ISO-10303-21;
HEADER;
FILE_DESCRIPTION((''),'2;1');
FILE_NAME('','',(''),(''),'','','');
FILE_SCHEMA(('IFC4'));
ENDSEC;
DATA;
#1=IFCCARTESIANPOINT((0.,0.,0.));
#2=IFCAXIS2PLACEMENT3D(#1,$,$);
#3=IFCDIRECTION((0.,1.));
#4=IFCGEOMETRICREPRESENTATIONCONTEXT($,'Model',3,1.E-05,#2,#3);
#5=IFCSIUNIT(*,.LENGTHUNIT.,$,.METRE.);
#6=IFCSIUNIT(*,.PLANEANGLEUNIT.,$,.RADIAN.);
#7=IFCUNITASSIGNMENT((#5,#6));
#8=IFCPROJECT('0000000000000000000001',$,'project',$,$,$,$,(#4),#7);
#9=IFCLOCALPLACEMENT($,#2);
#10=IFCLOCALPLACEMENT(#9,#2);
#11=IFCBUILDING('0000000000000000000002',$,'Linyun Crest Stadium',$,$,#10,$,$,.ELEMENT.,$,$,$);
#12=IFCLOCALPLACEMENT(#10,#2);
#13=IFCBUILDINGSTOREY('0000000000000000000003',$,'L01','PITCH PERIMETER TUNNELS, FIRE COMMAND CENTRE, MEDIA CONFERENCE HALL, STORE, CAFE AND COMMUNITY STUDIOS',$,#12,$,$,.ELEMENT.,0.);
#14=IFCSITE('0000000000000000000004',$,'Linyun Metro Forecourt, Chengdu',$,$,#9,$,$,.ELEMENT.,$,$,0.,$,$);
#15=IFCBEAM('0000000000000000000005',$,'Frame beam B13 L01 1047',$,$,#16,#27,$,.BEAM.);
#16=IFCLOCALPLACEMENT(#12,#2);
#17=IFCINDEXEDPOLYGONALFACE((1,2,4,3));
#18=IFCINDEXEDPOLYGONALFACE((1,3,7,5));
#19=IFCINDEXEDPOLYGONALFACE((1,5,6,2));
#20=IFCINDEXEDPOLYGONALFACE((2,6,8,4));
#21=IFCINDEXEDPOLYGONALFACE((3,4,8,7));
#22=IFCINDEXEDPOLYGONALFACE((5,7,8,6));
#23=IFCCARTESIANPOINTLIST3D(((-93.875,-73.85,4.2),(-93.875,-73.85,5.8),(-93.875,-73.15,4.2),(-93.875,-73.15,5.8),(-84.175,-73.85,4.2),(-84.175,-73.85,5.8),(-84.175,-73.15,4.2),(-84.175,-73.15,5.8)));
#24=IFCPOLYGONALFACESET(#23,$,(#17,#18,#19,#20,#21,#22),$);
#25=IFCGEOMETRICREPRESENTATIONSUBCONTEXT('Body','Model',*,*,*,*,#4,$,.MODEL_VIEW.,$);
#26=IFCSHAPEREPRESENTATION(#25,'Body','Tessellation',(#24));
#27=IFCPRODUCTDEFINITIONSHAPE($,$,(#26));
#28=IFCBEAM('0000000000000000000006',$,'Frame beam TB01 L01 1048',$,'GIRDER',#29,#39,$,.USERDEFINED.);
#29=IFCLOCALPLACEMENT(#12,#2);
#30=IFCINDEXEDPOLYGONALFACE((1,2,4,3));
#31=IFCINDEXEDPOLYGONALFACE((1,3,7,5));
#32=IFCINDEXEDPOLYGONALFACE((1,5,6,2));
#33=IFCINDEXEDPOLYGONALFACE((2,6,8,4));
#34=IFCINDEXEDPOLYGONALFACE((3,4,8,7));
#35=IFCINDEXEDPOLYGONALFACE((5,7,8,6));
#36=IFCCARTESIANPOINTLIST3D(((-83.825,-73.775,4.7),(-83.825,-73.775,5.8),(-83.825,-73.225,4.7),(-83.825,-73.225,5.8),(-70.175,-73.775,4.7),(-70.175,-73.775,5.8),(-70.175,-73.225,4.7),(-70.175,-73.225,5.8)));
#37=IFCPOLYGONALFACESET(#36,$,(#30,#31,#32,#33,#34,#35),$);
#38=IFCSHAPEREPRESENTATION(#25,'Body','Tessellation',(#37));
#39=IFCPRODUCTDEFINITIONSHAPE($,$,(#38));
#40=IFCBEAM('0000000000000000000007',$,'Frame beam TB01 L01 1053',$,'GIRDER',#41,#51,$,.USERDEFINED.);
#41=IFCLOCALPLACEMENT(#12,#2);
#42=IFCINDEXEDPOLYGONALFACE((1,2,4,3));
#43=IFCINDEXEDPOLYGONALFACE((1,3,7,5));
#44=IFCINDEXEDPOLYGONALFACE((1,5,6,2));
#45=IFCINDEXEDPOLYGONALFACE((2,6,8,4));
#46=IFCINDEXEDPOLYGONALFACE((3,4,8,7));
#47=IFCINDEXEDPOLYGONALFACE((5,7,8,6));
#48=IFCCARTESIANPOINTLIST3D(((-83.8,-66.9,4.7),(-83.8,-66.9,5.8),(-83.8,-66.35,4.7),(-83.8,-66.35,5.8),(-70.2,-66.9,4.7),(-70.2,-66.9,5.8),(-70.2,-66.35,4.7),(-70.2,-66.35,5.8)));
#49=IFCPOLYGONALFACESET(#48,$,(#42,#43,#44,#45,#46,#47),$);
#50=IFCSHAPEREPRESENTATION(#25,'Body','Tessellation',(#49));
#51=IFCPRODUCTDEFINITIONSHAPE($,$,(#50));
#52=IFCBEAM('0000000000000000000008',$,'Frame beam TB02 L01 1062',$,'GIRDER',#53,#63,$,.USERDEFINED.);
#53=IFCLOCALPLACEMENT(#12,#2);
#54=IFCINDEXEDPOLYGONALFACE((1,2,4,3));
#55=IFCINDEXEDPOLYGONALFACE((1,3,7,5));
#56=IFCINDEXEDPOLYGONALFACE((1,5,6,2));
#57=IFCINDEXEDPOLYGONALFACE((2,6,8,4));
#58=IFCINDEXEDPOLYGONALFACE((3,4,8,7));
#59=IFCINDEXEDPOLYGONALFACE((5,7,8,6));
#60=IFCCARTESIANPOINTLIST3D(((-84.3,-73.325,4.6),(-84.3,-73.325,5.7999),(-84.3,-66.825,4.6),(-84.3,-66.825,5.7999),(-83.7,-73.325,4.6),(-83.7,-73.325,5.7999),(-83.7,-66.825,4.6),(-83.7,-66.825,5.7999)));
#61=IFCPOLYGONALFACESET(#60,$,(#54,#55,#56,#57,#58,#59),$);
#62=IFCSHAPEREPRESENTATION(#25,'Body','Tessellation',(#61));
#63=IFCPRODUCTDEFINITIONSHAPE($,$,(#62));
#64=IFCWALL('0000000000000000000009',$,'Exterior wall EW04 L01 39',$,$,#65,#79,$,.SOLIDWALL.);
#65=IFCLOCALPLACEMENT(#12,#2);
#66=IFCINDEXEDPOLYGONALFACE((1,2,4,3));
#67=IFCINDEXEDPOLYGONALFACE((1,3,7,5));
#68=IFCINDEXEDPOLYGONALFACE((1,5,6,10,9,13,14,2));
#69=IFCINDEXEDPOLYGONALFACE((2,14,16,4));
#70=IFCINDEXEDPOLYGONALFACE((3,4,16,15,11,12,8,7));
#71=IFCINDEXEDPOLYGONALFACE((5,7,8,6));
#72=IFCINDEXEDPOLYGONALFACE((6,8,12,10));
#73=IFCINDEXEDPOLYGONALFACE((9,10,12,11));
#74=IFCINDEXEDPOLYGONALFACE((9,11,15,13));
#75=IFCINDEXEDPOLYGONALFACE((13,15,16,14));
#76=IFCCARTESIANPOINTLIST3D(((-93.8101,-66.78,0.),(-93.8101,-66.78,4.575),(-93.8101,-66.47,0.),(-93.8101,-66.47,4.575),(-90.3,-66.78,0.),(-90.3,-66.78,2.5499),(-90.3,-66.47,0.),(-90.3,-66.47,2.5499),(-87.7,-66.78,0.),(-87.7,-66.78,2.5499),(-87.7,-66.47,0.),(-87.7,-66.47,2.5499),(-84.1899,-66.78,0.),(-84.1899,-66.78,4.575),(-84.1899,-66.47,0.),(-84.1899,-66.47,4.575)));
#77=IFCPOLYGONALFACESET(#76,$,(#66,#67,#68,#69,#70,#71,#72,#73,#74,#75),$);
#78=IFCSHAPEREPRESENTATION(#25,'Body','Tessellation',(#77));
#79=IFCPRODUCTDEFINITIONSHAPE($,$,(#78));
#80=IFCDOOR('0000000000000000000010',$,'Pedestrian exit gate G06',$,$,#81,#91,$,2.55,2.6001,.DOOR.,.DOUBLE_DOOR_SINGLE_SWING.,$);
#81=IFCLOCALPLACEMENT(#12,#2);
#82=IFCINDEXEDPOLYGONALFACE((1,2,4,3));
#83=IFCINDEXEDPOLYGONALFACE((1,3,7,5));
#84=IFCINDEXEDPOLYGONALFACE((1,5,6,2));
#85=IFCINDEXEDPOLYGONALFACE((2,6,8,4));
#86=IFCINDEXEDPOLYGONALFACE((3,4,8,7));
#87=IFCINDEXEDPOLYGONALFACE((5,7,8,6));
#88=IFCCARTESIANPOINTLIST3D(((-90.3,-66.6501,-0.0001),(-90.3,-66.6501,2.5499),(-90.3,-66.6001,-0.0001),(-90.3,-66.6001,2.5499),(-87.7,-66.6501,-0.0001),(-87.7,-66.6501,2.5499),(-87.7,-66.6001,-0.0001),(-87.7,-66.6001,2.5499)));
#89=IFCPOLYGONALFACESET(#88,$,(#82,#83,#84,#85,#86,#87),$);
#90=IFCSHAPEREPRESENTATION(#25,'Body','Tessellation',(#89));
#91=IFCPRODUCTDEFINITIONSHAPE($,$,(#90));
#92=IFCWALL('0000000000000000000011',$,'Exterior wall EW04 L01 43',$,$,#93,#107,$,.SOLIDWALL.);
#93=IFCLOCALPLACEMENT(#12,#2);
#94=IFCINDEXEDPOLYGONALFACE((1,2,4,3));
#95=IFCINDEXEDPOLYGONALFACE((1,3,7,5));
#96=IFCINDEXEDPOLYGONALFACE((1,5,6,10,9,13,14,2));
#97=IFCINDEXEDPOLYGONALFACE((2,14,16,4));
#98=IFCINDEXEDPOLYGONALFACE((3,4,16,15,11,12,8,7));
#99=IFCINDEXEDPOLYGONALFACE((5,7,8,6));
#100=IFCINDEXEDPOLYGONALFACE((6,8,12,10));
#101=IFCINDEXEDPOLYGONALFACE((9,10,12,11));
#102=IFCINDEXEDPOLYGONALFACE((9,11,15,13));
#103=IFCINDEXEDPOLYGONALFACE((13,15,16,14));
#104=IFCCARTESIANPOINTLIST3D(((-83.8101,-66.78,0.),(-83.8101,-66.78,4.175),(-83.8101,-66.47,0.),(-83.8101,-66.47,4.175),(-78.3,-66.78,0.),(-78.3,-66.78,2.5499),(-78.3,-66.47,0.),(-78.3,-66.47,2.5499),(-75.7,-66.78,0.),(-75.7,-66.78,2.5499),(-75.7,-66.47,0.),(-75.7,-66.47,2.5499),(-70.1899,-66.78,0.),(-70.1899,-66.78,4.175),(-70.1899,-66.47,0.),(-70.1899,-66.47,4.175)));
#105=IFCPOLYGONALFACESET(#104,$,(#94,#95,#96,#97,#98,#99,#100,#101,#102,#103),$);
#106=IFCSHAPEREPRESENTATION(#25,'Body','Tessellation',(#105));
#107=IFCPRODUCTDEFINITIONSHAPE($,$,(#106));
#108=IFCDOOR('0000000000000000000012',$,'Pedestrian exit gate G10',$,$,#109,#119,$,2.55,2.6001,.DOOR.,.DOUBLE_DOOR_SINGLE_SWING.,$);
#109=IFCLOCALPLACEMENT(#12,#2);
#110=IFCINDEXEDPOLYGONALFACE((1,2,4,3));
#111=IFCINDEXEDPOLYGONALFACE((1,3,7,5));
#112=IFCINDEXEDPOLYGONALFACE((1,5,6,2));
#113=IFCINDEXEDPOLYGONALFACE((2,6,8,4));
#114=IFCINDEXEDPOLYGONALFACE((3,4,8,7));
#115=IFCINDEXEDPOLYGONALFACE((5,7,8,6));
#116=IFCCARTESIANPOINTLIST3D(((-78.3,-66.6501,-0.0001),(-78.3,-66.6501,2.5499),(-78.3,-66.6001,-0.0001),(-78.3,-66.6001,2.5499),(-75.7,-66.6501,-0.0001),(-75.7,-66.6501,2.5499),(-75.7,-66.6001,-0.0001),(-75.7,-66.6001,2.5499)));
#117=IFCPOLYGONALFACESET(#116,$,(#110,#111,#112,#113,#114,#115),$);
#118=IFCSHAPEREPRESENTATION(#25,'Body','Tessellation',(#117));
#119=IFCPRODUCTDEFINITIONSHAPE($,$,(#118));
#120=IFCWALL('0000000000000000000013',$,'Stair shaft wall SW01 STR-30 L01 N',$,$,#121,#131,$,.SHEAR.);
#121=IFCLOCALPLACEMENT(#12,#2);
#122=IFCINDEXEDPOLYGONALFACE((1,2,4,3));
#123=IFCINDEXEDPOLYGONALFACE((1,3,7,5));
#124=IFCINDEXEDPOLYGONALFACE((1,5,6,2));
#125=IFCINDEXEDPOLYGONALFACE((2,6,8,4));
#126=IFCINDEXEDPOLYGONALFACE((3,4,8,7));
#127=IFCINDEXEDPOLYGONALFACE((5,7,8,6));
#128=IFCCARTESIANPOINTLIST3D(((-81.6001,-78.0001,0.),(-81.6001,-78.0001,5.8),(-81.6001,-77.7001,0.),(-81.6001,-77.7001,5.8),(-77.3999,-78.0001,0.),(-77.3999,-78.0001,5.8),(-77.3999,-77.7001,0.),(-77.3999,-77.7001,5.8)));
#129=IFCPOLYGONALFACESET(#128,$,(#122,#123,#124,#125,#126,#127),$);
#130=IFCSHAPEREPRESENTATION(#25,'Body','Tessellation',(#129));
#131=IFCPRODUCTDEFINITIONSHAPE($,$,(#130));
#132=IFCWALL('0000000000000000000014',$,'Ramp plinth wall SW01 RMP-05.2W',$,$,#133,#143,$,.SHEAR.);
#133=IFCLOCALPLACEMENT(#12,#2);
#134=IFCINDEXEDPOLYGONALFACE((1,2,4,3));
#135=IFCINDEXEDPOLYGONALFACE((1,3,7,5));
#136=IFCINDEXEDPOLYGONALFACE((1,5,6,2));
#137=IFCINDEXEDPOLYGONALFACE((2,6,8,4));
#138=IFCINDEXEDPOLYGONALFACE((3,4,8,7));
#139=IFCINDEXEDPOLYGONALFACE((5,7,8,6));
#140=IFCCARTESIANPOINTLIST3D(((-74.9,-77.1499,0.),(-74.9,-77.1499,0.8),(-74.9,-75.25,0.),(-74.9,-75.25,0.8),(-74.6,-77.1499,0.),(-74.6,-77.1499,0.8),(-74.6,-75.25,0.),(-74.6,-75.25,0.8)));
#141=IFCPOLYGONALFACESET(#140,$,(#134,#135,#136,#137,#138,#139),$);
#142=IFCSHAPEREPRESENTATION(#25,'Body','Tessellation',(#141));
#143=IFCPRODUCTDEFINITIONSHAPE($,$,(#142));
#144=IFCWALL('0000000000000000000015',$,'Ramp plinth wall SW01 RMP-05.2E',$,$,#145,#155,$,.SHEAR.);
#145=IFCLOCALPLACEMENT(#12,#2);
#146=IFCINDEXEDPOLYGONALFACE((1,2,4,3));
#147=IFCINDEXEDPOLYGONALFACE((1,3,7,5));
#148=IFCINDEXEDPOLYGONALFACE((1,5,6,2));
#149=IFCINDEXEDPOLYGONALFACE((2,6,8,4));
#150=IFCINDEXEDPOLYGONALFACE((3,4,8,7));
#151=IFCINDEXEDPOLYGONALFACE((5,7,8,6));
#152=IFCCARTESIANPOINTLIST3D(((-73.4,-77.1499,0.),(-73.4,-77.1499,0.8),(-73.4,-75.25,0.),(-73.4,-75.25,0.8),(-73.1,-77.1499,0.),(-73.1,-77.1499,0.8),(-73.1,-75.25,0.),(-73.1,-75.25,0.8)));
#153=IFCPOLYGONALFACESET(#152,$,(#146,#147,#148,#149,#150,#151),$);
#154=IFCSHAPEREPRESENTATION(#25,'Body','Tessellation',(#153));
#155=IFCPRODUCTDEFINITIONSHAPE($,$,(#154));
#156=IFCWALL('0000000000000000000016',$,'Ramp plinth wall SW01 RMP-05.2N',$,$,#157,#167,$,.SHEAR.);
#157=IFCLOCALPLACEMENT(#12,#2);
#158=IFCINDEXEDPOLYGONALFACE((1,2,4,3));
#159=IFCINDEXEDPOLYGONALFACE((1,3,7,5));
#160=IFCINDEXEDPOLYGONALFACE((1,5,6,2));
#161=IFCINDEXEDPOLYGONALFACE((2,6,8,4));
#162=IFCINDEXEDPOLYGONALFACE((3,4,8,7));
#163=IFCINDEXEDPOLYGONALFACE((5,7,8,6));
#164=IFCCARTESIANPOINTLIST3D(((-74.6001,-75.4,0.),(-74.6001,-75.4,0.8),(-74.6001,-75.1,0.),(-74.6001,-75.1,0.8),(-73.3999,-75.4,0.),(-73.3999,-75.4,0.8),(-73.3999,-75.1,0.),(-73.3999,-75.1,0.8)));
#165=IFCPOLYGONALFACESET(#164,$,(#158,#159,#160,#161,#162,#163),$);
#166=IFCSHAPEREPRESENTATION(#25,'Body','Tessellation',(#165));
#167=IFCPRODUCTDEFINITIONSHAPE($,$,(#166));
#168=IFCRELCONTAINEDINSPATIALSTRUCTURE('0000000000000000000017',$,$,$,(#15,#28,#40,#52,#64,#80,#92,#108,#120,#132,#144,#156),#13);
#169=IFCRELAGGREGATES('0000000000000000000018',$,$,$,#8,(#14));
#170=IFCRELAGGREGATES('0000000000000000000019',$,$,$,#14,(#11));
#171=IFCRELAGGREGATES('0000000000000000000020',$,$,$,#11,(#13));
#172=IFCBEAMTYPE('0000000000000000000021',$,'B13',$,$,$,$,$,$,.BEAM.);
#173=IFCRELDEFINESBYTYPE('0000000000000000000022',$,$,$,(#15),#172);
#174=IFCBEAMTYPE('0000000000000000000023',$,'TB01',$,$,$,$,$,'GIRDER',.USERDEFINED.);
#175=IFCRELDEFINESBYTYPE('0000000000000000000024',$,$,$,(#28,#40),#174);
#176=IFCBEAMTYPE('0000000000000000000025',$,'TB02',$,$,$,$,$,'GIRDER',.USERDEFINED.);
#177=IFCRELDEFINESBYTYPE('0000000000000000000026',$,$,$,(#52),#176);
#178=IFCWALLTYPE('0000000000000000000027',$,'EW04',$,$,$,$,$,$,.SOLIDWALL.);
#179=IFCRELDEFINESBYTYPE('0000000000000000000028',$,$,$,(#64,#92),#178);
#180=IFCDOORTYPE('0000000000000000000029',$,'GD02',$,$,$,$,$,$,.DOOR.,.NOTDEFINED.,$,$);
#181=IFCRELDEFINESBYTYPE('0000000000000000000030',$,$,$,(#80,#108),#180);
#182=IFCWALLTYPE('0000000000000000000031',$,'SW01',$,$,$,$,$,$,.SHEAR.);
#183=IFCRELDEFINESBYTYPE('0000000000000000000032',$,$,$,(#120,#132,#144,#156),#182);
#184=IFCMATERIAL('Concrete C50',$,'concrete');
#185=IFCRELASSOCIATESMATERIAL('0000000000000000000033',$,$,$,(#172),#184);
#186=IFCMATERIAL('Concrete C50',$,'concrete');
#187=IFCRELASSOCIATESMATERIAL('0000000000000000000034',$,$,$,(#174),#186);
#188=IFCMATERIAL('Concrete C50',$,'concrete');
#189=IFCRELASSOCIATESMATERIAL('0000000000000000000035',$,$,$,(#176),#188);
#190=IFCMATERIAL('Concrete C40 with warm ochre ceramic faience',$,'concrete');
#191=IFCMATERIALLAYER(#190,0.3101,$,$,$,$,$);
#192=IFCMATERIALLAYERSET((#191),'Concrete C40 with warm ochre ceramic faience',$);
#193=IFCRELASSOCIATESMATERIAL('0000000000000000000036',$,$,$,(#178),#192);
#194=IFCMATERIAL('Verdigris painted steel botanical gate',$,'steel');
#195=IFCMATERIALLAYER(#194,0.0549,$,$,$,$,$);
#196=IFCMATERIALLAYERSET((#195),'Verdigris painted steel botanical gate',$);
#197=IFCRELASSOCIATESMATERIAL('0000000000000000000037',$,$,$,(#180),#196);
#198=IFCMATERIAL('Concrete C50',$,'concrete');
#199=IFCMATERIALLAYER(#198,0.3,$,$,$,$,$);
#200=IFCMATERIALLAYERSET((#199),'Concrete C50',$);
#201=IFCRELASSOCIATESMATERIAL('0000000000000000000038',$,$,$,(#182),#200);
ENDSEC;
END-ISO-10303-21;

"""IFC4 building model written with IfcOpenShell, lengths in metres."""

from ifc_helpers import new_model, si_unit, direction, frame, frame_2d, origin, origin_2d, place, context, subcontext, project, spatial, rectangle, extrude, material, layer, layer_set, material_profile, profile_set, type_object, element, fill, save


model = new_model("IFC4")

# Units and contexts
model_context = context("Model", 3, precision=1e-05, world=origin(), true_north=direction((0.0, 1.0)))
body_context = subcontext(model_context, "Body", "Model", "MODEL_VIEW")
ifc_project = project(units=[si_unit("LENGTHUNIT", "METRE"), si_unit("PLANEANGLEUNIT", "RADIAN")], contexts=[model_context])

# Site, building, storey
site_placement = place(None, origin())
site = spatial("IfcSite", under=ifc_project, at=site_placement, Name="Linyun Metro Forecourt, Chengdu", CompositionType="ELEMENT", RefElevation=0.0)
building_placement = place(site_placement, origin())
building = spatial("IfcBuilding", under=site, at=building_placement, Name="Linyun Crest Stadium", CompositionType="ELEMENT")
storey_placement = place(building_placement, origin())
storey = spatial("IfcBuildingStorey", under=building, at=storey_placement, Name="L01", Description="PITCH PERIMETER TUNNELS, FIRE COMMAND CENTRE, MEDIA CONFERENCE HALL, STORE, CAFE AND COMMUNITY STUDIOS", CompositionType="ELEMENT", Elevation=0.0)

# Beams
ifc_material_1 = material(Name="Concrete C50", Category="concrete")
ifc_material_profile_1 = material_profile(ifc_material_1, rectangle(XDim=0.7, YDim=1.6001, at=origin_2d()), Name="RCB 1600x700")
ifc_profile_set_1 = profile_set([ifc_material_profile_1], Name="Concrete C50")
beam_type_1 = type_object("IfcBeamType", Name="B13", PredefinedType="BEAM", material=ifc_profile_set_1)
beam_1_placement = place(storey_placement, frame((-93.875, -73.5, 5.0), z_axis=(1.0, 0.0, 0.0), x_axis=(0.0, 1.0, 0.0)))
element("IfcBeam", 1, at=beam_1_placement, inside=storey, type_object=beam_type_1, Name="Frame beam B13 L01 1047", PredefinedType="BEAM", context=body_context, shape_type="SweptSolid", body=[
    extrude(rectangle(XDim=0.7, YDim=1.6001, at=origin_2d()), origin(), (0.0, 0.0, 1.0), 9.7),
])
ifc_material_2 = material(Name="Concrete C50", Category="concrete")
ifc_material_profile_2 = material_profile(ifc_material_2, rectangle(XDim=0.55, YDim=1.1001, at=origin_2d()), Name="RCB 1100x550")
ifc_profile_set_2 = profile_set([ifc_material_profile_2], Name="Concrete C50")
beam_type_2 = type_object("IfcBeamType", Name="TB01", ElementType="GIRDER", PredefinedType="USERDEFINED", material=ifc_profile_set_2)
beam_2_placement = place(storey_placement, frame((-83.825, -73.5, 5.25), z_axis=(1.0, 0.0, 0.0), x_axis=(0.0, 1.0, 0.0)))
element("IfcBeam", 2, at=beam_2_placement, inside=storey, type_object=beam_type_2, Name="Frame beam TB01 L01 1048", ObjectType="GIRDER", PredefinedType="USERDEFINED", context=body_context, shape_type="SweptSolid", body=[
    extrude(rectangle(XDim=0.55, YDim=1.1001, at=origin_2d()), origin(), (0.0, 0.0, 1.0), 13.6499),
])
beam_3_placement = place(storey_placement, frame((-83.8, -66.625, 5.25), z_axis=(1.0, 0.0, 0.0), x_axis=(0.0, 1.0, 0.0)))
element("IfcBeam", 3, at=beam_3_placement, inside=storey, type_object=beam_type_2, Name="Frame beam TB01 L01 1053", ObjectType="GIRDER", PredefinedType="USERDEFINED", context=body_context, shape_type="SweptSolid", body=[
    extrude(rectangle(XDim=0.55, YDim=1.1001, at=origin_2d()), origin(), (0.0, 0.0, 1.0), 13.6001),
])
ifc_material_3 = material(Name="Concrete C50", Category="concrete")
ifc_material_profile_3 = material_profile(ifc_material_3, rectangle(XDim=0.6001, YDim=1.2, at=origin_2d()), Name="RCB 1200x600")
ifc_profile_set_3 = profile_set([ifc_material_profile_3], Name="Concrete C50")
beam_type_3 = type_object("IfcBeamType", Name="TB02", ElementType="GIRDER", PredefinedType="USERDEFINED", material=ifc_profile_set_3)
beam_4_placement = place(storey_placement, frame((-84.0, -73.325, 5.2), z_axis=(0.0, 1.0, 0.0), x_axis=(-1.0, 0.0, 0.0)))
element("IfcBeam", 4, at=beam_4_placement, inside=storey, type_object=beam_type_3, Name="Frame beam TB02 L01 1062", ObjectType="GIRDER", PredefinedType="USERDEFINED", context=body_context, shape_type="SweptSolid", body=[
    extrude(rectangle(XDim=0.6001, YDim=1.2, at=origin_2d()), origin(), (0.0, 0.0, 1.0), 6.5),
])

# Walls, openings, doors
ifc_material_4 = material(Name="Concrete C40 with warm ochre ceramic faience", Category="concrete")
ifc_layer_1 = layer(ifc_material_4, 0.3101)
ifc_layer_set_1 = layer_set([ifc_layer_1], Name="Concrete C40 with warm ochre ceramic faience")
wall_type_1 = type_object("IfcWallType", Name="EW04", PredefinedType="SOLIDWALL", material=ifc_layer_set_1)
wall_1_placement = place(storey_placement, frame((-93.8101, -66.625, 0.0), z_axis=(0.0, 0.0, 1.0), x_axis=(1.0, 0.0, 0.0)))
wall_1 = element("IfcWall", 5, at=wall_1_placement, inside=storey, type_object=wall_type_1, Name="Exterior wall EW04 L01 39", PredefinedType="SOLIDWALL", context=body_context, shape_type="SweptSolid", body=[
    extrude(rectangle(XDim=9.6201, YDim=0.3101, at=frame_2d((4.8101, 0.0))), origin(), (0.0, 0.0, 1.0), 4.575),
])
opening_1_placement = place(wall_1_placement, frame((3.51, 0.0, 0.0)))
opening_1 = element("IfcOpeningElement", 6, at=opening_1_placement, cuts=wall_1, PredefinedType="OPENING", context=body_context, shape_type="SweptSolid", body=[
    extrude(rectangle(XDim=2.6001, YDim=2.55, at=frame_2d((1.3, 1.2749))), frame((0.0, 0.165, 0.0), z_axis=(0.0, -1.0, 0.0), x_axis=(1.0, 0.0, 0.0)), (0.0, 0.0, 1.0), 0.3301),
])
ifc_material_5 = material(Name="Verdigris painted steel botanical gate", Category="steel")
ifc_layer_2 = layer(ifc_material_5, 0.0549)
ifc_layer_set_2 = layer_set([ifc_layer_2], Name="Verdigris painted steel botanical gate")
door_type = type_object("IfcDoorType", Name="GD02", OperationType="NOTDEFINED", PredefinedType="DOOR", material=ifc_layer_set_2)
door_1_placement = place(opening_1_placement, origin())
door_1 = element("IfcDoor", 7, at=door_1_placement, inside=storey, type_object=door_type, Name="Pedestrian exit gate G06", OperationType="DOUBLE_DOOR_SINGLE_SWING", OverallHeight=2.55, OverallWidth=2.6001, PredefinedType="DOOR", context=body_context, shape_type="SweptSolid", body=[
    extrude(rectangle(XDim=2.6001, YDim=2.55, at=frame_2d((1.3, 1.2749))), frame((0.0, 0.0249, 0.0), z_axis=(0.0, -1.0, 0.0), x_axis=(1.0, 0.0, 0.0)), (0.0, 0.0, 1.0), 0.05),
])
fill(opening_1, door_1)
wall_2_placement = place(storey_placement, frame((-83.8101, -66.625, 0.0), z_axis=(0.0, 0.0, 1.0), x_axis=(1.0, 0.0, 0.0)))
wall_2 = element("IfcWall", 8, at=wall_2_placement, inside=storey, type_object=wall_type_1, Name="Exterior wall EW04 L01 43", PredefinedType="SOLIDWALL", context=body_context, shape_type="SweptSolid", body=[
    extrude(rectangle(XDim=13.6201, YDim=0.3101, at=frame_2d((6.8101, 0.0))), origin(), (0.0, 0.0, 1.0), 4.175),
])
opening_2_placement = place(wall_2_placement, frame((5.51, 0.0, 0.0)))
opening_2 = element("IfcOpeningElement", 9, at=opening_2_placement, cuts=wall_2, PredefinedType="OPENING", context=body_context, shape_type="SweptSolid", body=[
    extrude(rectangle(XDim=2.6001, YDim=2.55, at=frame_2d((1.3, 1.2749))), frame((0.0, 0.165, 0.0), z_axis=(0.0, -1.0, 0.0), x_axis=(1.0, 0.0, 0.0)), (0.0, 0.0, 1.0), 0.3301),
])
door_2_placement = place(opening_2_placement, origin())
door_2 = element("IfcDoor", 10, at=door_2_placement, inside=storey, type_object=door_type, Name="Pedestrian exit gate G10", OperationType="DOUBLE_DOOR_SINGLE_SWING", OverallHeight=2.55, OverallWidth=2.6001, PredefinedType="DOOR", context=body_context, shape_type="SweptSolid", body=[
    extrude(rectangle(XDim=2.6001, YDim=2.55, at=frame_2d((1.3, 1.2749))), frame((0.0, 0.0249, 0.0), z_axis=(0.0, -1.0, 0.0), x_axis=(1.0, 0.0, 0.0)), (0.0, 0.0, 1.0), 0.05),
])
fill(opening_2, door_2)

# Walls
ifc_material_6 = material(Name="Concrete C50", Category="concrete")
ifc_layer_3 = layer(ifc_material_6, 0.3)
ifc_layer_set_3 = layer_set([ifc_layer_3], Name="Concrete C50")
wall_type_2 = type_object("IfcWallType", Name="SW01", PredefinedType="SHEAR", material=ifc_layer_set_3)
wall_3_placement = place(storey_placement, frame((-81.6001, -77.8501, 0.0), z_axis=(0.0, 0.0, 1.0), x_axis=(1.0, 0.0, 0.0)))
element("IfcWall", 11, at=wall_3_placement, inside=storey, type_object=wall_type_2, Name="Stair shaft wall SW01 STR-30 L01 N", PredefinedType="SHEAR", context=body_context, shape_type="SweptSolid", body=[
    extrude(rectangle(XDim=4.2002, YDim=0.3, at=frame_2d((2.1001, 0.0))), origin(), (0.0, 0.0, 1.0), 5.8),
])
for number, where, z_axis, x_axis, name in (
    (12, (-74.75, -77.1499, 0.0), (0.0, 0.0, 1.0), (0.0, 1.0, 0.0), "Ramp plinth wall SW01 RMP-05.2W"),
    (13, (-73.25, -77.1499, 0.0), (0.0, 0.0, 1.0), (0.0, 1.0, 0.0), "Ramp plinth wall SW01 RMP-05.2E"),
):
    element("IfcWall", number, at=place(storey_placement, frame(where, z_axis=z_axis, x_axis=x_axis)), inside=storey, type_object=wall_type_2, Name=name, PredefinedType="SHEAR", context=body_context, shape_type="SweptSolid", body=[
        extrude(rectangle(XDim=1.8999, YDim=0.3, at=frame_2d((0.95, 0.0))), origin(), (0.0, 0.0, 1.0), 0.8),
    ])
wall_4_placement = place(storey_placement, frame((-74.6001, -75.25, 0.0), z_axis=(0.0, 0.0, 1.0), x_axis=(1.0, 0.0, 0.0)))
element("IfcWall", 14, at=wall_4_placement, inside=storey, type_object=wall_type_2, Name="Ramp plinth wall SW01 RMP-05.2N", PredefinedType="SHEAR", context=body_context, shape_type="SweptSolid", body=[
    extrude(rectangle(XDim=1.2002, YDim=0.3, at=frame_2d((0.6001, 0.0))), origin(), (0.0, 0.0, 1.0), 0.8),
])

save(model, "model.ifc")
